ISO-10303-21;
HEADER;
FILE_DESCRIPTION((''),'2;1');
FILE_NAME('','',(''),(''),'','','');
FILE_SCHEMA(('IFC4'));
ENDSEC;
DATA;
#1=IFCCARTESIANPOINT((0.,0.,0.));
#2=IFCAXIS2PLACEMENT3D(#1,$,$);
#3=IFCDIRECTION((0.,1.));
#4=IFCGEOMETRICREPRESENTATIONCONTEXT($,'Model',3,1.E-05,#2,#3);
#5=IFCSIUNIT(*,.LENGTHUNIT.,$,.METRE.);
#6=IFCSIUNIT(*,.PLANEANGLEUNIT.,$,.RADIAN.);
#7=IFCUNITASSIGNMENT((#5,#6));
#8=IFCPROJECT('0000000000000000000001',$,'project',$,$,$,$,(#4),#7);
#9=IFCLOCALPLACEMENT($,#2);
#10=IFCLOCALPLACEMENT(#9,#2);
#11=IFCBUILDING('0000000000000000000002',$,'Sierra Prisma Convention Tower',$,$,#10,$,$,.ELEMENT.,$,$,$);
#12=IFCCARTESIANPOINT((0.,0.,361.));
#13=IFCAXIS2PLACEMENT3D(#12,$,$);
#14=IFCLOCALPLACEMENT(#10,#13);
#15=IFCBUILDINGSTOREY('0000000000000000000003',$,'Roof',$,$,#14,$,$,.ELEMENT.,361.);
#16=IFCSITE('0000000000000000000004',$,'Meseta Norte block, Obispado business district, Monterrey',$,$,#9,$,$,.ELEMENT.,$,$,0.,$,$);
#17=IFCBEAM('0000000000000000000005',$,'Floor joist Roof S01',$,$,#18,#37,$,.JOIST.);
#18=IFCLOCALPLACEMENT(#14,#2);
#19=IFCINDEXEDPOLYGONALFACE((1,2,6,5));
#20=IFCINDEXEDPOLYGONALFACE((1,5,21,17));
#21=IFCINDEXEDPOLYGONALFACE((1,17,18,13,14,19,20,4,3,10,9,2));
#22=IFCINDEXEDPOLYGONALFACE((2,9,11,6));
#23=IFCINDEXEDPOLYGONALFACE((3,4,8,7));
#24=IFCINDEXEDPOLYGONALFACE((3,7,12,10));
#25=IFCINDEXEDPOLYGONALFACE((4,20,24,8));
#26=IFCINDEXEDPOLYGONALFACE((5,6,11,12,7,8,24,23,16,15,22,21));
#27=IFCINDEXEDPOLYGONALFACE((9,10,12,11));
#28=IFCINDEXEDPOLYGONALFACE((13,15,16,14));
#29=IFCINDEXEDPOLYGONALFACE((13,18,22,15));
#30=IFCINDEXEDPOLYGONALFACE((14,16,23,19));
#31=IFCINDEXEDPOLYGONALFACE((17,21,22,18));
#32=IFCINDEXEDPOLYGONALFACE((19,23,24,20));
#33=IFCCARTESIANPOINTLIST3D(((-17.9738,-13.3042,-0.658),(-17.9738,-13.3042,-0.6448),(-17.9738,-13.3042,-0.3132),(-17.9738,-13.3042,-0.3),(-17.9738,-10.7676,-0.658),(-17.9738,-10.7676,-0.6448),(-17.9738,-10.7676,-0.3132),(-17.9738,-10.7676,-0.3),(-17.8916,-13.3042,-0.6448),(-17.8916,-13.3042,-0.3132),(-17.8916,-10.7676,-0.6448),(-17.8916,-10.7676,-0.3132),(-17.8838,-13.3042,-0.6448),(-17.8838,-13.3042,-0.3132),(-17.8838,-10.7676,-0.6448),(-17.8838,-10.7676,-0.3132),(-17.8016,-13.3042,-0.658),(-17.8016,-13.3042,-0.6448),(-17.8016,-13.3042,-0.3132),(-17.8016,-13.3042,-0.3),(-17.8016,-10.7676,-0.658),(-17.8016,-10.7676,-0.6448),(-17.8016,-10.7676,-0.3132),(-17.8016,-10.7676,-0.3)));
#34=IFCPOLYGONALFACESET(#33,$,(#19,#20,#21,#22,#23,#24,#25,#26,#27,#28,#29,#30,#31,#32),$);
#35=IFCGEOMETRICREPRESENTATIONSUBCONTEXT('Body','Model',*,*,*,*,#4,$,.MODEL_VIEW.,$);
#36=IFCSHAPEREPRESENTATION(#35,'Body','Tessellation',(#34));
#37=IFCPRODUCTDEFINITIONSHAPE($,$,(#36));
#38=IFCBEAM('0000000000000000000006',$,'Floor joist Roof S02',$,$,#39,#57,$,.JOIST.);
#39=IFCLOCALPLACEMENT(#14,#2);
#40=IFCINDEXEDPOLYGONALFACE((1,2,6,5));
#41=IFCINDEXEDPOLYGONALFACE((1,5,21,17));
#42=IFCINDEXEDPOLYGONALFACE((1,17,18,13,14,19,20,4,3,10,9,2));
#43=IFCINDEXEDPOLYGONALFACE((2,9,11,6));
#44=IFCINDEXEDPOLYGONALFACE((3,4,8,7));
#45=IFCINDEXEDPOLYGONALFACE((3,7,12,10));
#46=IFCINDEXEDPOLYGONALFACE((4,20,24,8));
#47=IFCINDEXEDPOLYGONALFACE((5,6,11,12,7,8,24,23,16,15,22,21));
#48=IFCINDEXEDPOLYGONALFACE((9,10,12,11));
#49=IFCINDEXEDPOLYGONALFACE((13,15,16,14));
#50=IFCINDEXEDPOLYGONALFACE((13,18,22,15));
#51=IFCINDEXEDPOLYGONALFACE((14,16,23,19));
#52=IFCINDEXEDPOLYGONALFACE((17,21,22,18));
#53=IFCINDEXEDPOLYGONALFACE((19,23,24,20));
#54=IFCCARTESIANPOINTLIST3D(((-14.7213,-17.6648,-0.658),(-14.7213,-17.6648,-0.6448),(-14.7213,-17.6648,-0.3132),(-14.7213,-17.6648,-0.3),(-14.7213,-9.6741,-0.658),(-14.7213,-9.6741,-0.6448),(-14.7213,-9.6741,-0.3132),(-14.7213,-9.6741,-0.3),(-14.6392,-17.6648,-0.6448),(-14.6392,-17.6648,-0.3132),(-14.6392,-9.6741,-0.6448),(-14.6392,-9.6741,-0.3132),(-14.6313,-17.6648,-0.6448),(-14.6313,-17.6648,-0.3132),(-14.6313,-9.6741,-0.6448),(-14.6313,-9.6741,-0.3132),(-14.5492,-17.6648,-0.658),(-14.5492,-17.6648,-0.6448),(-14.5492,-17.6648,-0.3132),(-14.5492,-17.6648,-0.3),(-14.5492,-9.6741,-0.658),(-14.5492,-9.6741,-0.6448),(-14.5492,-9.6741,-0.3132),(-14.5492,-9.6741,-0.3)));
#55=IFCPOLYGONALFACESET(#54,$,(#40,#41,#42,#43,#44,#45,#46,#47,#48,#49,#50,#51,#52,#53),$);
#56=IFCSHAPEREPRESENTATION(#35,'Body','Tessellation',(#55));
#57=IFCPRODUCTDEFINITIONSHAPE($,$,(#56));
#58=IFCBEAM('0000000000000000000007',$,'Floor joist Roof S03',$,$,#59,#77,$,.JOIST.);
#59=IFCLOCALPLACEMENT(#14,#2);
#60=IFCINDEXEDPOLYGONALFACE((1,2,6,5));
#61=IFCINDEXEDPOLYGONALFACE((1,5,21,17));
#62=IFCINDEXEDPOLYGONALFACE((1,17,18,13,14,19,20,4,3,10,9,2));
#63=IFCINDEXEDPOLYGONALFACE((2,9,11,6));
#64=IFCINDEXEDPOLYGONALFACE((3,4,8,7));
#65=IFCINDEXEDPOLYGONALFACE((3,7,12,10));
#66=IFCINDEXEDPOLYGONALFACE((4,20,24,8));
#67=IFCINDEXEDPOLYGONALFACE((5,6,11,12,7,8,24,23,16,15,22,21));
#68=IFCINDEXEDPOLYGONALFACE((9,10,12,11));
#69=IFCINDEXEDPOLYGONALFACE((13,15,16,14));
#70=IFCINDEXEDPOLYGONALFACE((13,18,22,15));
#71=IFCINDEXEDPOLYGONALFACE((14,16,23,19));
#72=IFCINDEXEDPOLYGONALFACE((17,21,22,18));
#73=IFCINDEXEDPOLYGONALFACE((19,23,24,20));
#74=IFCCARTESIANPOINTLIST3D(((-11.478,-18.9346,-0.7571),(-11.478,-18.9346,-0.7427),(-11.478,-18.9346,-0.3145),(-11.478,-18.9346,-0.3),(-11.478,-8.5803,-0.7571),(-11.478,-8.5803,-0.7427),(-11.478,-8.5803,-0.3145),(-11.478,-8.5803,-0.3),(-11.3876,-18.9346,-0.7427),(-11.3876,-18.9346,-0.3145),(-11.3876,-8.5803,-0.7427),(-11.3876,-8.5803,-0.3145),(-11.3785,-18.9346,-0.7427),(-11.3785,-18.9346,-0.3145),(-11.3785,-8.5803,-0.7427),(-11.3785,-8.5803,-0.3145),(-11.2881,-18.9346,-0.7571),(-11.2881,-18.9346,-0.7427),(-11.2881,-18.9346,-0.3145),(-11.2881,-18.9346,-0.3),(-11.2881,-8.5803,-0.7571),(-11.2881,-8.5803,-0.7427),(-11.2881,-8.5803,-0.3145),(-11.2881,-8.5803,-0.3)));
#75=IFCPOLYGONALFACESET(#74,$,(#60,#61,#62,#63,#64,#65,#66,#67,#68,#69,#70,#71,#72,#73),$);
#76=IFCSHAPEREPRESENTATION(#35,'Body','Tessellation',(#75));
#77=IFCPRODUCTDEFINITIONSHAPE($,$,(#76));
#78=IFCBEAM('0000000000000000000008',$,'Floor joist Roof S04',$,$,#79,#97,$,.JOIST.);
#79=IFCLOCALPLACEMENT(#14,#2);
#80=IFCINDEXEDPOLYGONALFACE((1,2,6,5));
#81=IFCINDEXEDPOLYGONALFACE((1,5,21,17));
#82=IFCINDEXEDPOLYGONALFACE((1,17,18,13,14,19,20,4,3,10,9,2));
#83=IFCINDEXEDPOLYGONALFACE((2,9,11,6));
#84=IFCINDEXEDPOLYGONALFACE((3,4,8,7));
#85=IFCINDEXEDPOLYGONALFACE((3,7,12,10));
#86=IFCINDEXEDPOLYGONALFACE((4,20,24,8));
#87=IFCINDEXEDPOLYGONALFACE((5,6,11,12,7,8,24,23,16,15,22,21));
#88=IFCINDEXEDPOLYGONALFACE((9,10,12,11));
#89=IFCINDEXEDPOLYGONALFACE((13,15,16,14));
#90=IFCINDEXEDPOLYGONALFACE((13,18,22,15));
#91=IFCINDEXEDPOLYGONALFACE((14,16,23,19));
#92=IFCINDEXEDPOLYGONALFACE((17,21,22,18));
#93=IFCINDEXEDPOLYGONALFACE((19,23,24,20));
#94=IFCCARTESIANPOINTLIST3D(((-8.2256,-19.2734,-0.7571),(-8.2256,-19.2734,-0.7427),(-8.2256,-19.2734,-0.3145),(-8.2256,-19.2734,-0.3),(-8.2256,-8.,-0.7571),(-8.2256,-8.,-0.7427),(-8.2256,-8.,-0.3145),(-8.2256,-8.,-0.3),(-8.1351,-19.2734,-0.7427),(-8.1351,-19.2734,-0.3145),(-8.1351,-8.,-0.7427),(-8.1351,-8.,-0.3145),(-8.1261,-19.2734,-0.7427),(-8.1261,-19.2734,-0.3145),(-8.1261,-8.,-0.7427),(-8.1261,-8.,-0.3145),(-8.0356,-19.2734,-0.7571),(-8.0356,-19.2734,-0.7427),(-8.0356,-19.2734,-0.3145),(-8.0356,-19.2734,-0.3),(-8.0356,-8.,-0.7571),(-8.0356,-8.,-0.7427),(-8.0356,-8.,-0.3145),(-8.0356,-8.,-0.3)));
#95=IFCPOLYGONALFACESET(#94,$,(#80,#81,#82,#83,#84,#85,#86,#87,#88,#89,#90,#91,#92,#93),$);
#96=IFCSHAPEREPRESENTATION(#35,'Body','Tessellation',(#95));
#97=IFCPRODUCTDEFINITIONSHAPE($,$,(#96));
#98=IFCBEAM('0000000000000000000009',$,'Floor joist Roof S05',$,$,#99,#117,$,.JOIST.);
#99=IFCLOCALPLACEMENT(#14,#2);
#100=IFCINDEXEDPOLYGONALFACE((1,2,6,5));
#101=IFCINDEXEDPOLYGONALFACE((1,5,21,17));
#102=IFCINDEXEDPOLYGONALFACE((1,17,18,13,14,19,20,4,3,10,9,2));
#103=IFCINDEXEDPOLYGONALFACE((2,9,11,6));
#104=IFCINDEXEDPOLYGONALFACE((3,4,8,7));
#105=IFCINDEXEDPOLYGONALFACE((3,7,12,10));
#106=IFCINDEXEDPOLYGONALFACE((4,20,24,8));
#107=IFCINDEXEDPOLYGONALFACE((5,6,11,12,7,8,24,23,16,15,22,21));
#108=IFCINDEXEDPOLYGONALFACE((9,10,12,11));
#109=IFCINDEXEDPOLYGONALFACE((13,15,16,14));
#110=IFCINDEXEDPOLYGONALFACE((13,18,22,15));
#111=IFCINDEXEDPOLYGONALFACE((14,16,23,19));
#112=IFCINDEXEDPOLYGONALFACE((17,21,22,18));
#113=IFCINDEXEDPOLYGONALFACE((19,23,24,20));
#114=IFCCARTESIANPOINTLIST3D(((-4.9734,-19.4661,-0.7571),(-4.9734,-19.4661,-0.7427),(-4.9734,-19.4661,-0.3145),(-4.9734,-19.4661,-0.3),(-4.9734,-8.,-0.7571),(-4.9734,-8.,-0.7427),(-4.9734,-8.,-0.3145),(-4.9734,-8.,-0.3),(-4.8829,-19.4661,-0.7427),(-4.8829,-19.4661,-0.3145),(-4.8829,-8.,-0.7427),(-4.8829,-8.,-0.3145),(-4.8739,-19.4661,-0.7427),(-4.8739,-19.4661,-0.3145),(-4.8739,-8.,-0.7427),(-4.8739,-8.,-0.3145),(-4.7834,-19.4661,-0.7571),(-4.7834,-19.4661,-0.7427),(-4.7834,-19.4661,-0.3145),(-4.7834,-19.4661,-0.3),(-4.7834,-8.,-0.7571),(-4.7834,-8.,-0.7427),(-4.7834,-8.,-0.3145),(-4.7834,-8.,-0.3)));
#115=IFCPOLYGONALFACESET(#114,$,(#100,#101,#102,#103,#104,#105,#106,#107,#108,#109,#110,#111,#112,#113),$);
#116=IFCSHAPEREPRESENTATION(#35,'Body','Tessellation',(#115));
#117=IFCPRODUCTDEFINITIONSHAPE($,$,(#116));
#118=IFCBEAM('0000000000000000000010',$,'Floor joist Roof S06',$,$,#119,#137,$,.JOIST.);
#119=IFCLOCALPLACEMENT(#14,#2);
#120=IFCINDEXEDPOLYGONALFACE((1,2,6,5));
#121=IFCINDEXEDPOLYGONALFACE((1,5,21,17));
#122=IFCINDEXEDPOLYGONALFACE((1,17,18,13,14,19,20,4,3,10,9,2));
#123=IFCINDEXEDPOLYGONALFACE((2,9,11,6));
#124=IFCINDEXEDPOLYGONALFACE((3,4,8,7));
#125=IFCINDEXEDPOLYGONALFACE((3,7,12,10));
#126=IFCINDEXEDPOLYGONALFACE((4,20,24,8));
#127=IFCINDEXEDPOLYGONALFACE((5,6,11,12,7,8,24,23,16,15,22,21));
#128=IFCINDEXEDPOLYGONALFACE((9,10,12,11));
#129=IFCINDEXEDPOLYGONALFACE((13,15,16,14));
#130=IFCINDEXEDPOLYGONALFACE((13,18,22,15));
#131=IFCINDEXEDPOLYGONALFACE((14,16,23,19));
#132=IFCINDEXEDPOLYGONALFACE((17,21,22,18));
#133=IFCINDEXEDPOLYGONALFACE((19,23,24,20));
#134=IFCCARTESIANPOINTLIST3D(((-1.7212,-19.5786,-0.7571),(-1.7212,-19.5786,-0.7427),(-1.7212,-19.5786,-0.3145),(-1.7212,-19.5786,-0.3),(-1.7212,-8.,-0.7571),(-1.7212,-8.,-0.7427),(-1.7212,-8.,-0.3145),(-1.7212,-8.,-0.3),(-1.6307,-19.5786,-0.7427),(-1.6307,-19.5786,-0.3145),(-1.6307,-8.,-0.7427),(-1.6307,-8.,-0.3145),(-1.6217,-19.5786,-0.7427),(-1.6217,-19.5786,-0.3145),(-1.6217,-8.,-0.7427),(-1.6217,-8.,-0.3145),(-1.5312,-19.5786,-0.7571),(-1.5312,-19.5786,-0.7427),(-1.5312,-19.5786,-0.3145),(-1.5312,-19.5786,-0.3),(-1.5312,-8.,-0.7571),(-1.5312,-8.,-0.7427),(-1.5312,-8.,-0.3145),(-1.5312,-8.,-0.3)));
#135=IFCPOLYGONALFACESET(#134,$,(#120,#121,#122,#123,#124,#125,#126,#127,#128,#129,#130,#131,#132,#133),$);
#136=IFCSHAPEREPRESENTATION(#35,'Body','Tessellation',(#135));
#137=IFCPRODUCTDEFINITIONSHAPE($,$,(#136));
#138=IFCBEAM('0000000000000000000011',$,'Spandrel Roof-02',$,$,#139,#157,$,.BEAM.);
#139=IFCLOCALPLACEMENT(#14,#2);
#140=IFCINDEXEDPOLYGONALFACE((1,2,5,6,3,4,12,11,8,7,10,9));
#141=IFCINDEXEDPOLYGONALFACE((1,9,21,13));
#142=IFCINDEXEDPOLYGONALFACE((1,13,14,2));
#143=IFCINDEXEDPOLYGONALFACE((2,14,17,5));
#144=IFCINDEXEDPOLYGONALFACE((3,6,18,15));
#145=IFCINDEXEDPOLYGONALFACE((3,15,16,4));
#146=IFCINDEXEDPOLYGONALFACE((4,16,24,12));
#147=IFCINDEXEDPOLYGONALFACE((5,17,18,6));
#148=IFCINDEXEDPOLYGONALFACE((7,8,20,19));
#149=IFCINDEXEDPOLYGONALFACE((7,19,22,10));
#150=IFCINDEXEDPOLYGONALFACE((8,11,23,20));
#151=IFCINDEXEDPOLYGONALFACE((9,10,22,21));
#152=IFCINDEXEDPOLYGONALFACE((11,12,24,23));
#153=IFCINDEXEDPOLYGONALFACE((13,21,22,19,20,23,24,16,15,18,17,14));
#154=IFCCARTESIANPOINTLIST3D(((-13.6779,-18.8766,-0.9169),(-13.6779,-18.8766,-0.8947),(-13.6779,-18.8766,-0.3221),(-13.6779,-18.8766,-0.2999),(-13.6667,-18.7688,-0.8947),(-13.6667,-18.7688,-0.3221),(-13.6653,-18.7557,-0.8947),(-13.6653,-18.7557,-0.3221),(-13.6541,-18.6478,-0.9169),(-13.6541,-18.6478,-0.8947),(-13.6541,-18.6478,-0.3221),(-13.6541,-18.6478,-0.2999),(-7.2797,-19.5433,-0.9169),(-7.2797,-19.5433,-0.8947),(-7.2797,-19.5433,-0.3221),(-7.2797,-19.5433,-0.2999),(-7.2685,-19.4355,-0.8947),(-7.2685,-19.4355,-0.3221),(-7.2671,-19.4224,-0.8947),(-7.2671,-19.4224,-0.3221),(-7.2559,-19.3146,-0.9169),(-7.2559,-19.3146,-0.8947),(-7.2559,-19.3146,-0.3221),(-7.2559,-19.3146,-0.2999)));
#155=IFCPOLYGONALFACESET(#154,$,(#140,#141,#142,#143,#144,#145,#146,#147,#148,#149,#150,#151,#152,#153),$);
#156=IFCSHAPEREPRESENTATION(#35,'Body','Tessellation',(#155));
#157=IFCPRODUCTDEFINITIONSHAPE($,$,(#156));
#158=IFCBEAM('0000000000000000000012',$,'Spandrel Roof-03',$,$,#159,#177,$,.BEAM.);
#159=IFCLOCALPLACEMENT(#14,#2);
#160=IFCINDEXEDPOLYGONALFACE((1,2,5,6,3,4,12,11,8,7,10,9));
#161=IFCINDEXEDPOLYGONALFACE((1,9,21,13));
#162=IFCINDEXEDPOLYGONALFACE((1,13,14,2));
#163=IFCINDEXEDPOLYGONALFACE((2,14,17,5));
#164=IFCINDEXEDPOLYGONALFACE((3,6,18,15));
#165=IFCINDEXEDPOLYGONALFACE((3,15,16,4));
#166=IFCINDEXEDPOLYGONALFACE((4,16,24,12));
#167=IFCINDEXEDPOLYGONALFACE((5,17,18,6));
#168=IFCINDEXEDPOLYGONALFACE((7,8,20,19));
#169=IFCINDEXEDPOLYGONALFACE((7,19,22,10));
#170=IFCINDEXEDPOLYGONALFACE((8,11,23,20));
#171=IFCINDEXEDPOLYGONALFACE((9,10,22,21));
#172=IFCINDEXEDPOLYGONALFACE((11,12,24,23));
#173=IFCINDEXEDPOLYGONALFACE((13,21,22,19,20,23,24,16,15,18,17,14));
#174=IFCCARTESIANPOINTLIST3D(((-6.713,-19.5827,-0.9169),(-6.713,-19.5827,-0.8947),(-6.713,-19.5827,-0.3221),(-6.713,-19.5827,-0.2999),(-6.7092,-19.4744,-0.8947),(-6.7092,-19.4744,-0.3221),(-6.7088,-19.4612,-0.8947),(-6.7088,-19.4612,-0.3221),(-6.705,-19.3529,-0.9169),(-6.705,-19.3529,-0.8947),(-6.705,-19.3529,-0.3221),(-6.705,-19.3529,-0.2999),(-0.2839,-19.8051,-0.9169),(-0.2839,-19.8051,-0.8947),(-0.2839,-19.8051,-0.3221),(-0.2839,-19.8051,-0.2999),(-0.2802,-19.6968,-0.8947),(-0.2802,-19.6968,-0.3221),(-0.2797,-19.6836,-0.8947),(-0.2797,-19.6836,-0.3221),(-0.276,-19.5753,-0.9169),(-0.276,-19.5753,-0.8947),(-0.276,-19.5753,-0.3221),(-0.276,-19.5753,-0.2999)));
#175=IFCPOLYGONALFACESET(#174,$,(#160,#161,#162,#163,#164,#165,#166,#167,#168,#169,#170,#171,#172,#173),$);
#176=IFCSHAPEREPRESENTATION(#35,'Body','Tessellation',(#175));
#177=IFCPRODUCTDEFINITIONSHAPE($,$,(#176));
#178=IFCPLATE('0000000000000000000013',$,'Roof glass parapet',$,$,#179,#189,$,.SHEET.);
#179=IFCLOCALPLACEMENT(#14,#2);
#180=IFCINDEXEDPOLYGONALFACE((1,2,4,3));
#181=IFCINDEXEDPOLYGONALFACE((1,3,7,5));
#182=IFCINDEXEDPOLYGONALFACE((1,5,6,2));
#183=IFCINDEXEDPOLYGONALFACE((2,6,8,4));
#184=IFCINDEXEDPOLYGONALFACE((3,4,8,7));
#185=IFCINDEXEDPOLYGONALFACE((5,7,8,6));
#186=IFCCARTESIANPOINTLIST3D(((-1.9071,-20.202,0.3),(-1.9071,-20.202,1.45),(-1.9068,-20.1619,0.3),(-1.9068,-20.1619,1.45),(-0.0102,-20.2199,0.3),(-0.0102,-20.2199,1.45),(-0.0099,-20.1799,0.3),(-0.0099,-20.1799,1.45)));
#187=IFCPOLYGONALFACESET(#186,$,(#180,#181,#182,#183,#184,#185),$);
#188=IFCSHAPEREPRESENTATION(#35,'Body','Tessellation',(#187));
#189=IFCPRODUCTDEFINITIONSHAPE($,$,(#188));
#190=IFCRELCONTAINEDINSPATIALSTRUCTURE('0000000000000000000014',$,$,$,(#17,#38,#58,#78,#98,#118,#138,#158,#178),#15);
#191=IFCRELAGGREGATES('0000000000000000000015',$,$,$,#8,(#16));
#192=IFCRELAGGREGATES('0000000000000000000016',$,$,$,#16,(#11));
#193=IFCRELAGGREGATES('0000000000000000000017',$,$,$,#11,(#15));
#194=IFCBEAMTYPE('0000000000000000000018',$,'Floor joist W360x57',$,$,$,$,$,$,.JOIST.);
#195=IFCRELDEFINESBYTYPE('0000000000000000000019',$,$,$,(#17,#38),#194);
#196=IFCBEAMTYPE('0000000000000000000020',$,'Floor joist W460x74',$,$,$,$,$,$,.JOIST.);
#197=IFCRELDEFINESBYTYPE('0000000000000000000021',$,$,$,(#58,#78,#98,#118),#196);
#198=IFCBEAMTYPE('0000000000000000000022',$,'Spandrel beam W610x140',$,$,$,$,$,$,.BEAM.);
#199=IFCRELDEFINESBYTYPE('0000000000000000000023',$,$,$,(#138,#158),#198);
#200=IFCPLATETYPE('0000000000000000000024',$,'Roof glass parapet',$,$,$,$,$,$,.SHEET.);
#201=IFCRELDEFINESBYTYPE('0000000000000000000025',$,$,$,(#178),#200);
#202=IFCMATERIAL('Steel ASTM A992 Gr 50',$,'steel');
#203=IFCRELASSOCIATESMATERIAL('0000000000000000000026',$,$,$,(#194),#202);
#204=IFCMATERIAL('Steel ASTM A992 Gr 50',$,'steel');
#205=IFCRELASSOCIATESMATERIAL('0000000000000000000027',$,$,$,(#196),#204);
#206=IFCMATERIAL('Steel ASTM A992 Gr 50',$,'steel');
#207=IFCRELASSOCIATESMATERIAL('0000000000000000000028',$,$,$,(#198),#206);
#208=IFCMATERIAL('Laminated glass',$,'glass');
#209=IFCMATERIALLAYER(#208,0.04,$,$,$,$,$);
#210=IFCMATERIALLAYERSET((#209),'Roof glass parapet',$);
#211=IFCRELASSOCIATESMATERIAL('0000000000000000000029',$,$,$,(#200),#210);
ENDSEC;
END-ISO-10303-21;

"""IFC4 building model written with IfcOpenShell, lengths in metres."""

from ifc_helpers import new_model, si_unit, direction, frame, origin, origin_2d, place, context, subcontext, project, spatial, rectangle, i_section, extrude, material, layer, layer_set, material_profile, profile_set, type_object, element, save


model = new_model("IFC4")

# Units and contexts
model_context = context("Model", 3, precision=1e-05, world=origin(), true_north=direction((0.0, 1.0)))
body_context = subcontext(model_context, "Body", "Model", "MODEL_VIEW")
ifc_project = project(units=[si_unit("LENGTHUNIT", "METRE"), si_unit("PLANEANGLEUNIT", "RADIAN")], contexts=[model_context])

# Site, building, storey
site_placement = place(None, origin())
site = spatial("IfcSite", under=ifc_project, at=site_placement, Name="Meseta Norte block, Obispado business district, Monterrey", CompositionType="ELEMENT", RefElevation=0.0)
building_placement = place(site_placement, origin())
building = spatial("IfcBuilding", under=site, at=building_placement, Name="Sierra Prisma Convention Tower", CompositionType="ELEMENT")
storey_placement = place(building_placement, frame((0.0, 0.0, 361.0)))
storey = spatial("IfcBuildingStorey", under=building, at=storey_placement, Name="Roof", CompositionType="ELEMENT", Elevation=361.0)

# Beams
ifc_material_1 = material(Name="Steel ASTM A992 Gr 50", Category="steel")
ifc_material_profile_1 = material_profile(ifc_material_1, i_section(OverallWidth=0.1721, OverallDepth=0.3579, WebThickness=0.0078, FlangeThickness=0.0132, at=origin_2d()), Name="W360x57")
ifc_profile_set_1 = profile_set([ifc_material_profile_1], Name="Steel ASTM A992 Gr 50")
beam_type_1 = type_object("IfcBeamType", Name="Floor joist W360x57", PredefinedType="JOIST", material=ifc_profile_set_1)
beam_1_placement = place(storey_placement, frame((-17.8877, -13.3042, -0.479), z_axis=(0.0, 1.0, 0.0), x_axis=(-1.0, 0.0, 0.0)))
element("IfcBeam", 1, at=beam_1_placement, inside=storey, type_object=beam_type_1, Name="Floor joist Roof S01", PredefinedType="JOIST", context=body_context, shape_type="SweptSolid", body=[
    extrude(i_section(OverallWidth=0.1721, OverallDepth=0.3579, WebThickness=0.0078, FlangeThickness=0.0132, at=origin_2d()), origin(), (0.0, 0.0, 1.0), 2.5366),
])
beam_2_placement = place(storey_placement, frame((-14.6353, -17.6648, -0.479), z_axis=(0.0, 1.0, 0.0), x_axis=(-1.0, 0.0, 0.0)))
element("IfcBeam", 2, at=beam_2_placement, inside=storey, type_object=beam_type_1, Name="Floor joist Roof S02", PredefinedType="JOIST", context=body_context, shape_type="SweptSolid", body=[
    extrude(i_section(OverallWidth=0.1721, OverallDepth=0.3579, WebThickness=0.0078, FlangeThickness=0.0132, at=origin_2d()), origin(), (0.0, 0.0, 1.0), 7.9907),
])
ifc_material_2 = material(Name="Steel ASTM A992 Gr 50", Category="steel")
ifc_material_profile_2 = material_profile(ifc_material_2, i_section(OverallWidth=0.1899, OverallDepth=0.457, WebThickness=0.009, FlangeThickness=0.0144, at=origin_2d()), Name="W460x74")
ifc_profile_set_2 = profile_set([ifc_material_profile_2], Name="Steel ASTM A992 Gr 50")
beam_type_2 = type_object("IfcBeamType", Name="Floor joist W460x74", PredefinedType="JOIST", material=ifc_profile_set_2)
beam_3_placement = place(storey_placement, frame((-11.3831, -18.9346, -0.5286), z_axis=(0.0, 1.0, 0.0), x_axis=(-1.0, 0.0, 0.0)))
element("IfcBeam", 3, at=beam_3_placement, inside=storey, type_object=beam_type_2, Name="Floor joist Roof S03", PredefinedType="JOIST", context=body_context, shape_type="SweptSolid", body=[
    extrude(i_section(OverallWidth=0.1899, OverallDepth=0.457, WebThickness=0.009, FlangeThickness=0.0144, at=origin_2d()), origin(), (0.0, 0.0, 1.0), 10.3542),
])
beam_4_placement = place(storey_placement, frame((-8.1306, -19.2734, -0.5286), z_axis=(0.0, 1.0, 0.0), x_axis=(-1.0, 0.0, 0.0)))
element("IfcBeam", 4, at=beam_4_placement, inside=storey, type_object=beam_type_2, Name="Floor joist Roof S04", PredefinedType="JOIST", context=body_context, shape_type="SweptSolid", body=[
    extrude(i_section(OverallWidth=0.1899, OverallDepth=0.457, WebThickness=0.009, FlangeThickness=0.0144, at=origin_2d()), origin(), (0.0, 0.0, 1.0), 11.2734),
])
beam_5_placement = place(storey_placement, frame((-4.8784, -19.4661, -0.5286), z_axis=(0.0, 1.0, 0.0), x_axis=(-1.0, 0.0, 0.0)))
element("IfcBeam", 5, at=beam_5_placement, inside=storey, type_object=beam_type_2, Name="Floor joist Roof S05", PredefinedType="JOIST", context=body_context, shape_type="SweptSolid", body=[
    extrude(i_section(OverallWidth=0.1899, OverallDepth=0.457, WebThickness=0.009, FlangeThickness=0.0144, at=origin_2d()), origin(), (0.0, 0.0, 1.0), 11.4661),
])
beam_6_placement = place(storey_placement, frame((-1.6262, -19.5786, -0.5286), z_axis=(0.0, 1.0, 0.0), x_axis=(-1.0, 0.0, 0.0)))
element("IfcBeam", 6, at=beam_6_placement, inside=storey, type_object=beam_type_2, Name="Floor joist Roof S06", PredefinedType="JOIST", context=body_context, shape_type="SweptSolid", body=[
    extrude(i_section(OverallWidth=0.1899, OverallDepth=0.457, WebThickness=0.009, FlangeThickness=0.0144, at=origin_2d()), origin(), (0.0, 0.0, 1.0), 11.5786),
])
ifc_material_3 = material(Name="Steel ASTM A992 Gr 50", Category="steel")
ifc_material_profile_3 = material_profile(ifc_material_3, i_section(OverallWidth=0.23, OverallDepth=0.6169, WebThickness=0.0132, FlangeThickness=0.0222, at=origin_2d()), Name="W610x140")
ifc_profile_set_3 = profile_set([ifc_material_profile_3], Name="Steel ASTM A992 Gr 50")
beam_type_3 = type_object("IfcBeamType", Name="Spandrel beam W610x140", PredefinedType="BEAM", material=ifc_profile_set_3)
for number, where, z_axis, x_axis, name in (
    (7, (-13.666, -18.7622, -0.6084), (0.994614, -0.103648, 0.0), (0.103648, 0.994614, 0.0), "Spandrel Roof-02"),
    (8, (-6.709, -19.4678, -0.6084), (0.999402, -0.034575, 0.0), (0.034575, 0.999402, 0.0), "Spandrel Roof-03"),
):
    element("IfcBeam", number, at=place(storey_placement, frame(where, z_axis=z_axis, x_axis=x_axis)), inside=storey, type_object=beam_type_3, Name=name, PredefinedType="BEAM", context=body_context, shape_type="SweptSolid", body=[
        extrude(i_section(OverallWidth=0.23, OverallDepth=0.6169, WebThickness=0.0132, FlangeThickness=0.0222, at=origin_2d()), origin(), (0.0, 0.0, 1.0), 6.4329),
    ])

# Plate
ifc_material_4 = material(Name="Laminated glass", Category="glass")
ifc_layer_1 = layer(ifc_material_4, 0.04)
ifc_layer_set_1 = layer_set([ifc_layer_1], Name="Roof glass parapet")
plate_type = type_object("IfcPlateType", Name="Roof glass parapet", PredefinedType="SHEET", material=ifc_layer_set_1)
for number, where, z_axis, x_axis, name in (
    (9, (-0.9585, -20.1909, 0.3), (0.0, 0.0, 1.0), (-0.999955, 0.00944, 0.0), "Roof glass parapet"),
):
    element("IfcPlate", number, at=place(storey_placement, frame(where, z_axis=z_axis, x_axis=x_axis)), inside=storey, type_object=plate_type, Name=name, PredefinedType="SHEET", context=body_context, shape_type="SweptSolid", body=[
        extrude(rectangle(XDim=1.897, YDim=0.04, at=origin_2d()), origin(), (0.0, 0.0, 1.0), 1.1499),
    ])

save(model, "model.ifc")
